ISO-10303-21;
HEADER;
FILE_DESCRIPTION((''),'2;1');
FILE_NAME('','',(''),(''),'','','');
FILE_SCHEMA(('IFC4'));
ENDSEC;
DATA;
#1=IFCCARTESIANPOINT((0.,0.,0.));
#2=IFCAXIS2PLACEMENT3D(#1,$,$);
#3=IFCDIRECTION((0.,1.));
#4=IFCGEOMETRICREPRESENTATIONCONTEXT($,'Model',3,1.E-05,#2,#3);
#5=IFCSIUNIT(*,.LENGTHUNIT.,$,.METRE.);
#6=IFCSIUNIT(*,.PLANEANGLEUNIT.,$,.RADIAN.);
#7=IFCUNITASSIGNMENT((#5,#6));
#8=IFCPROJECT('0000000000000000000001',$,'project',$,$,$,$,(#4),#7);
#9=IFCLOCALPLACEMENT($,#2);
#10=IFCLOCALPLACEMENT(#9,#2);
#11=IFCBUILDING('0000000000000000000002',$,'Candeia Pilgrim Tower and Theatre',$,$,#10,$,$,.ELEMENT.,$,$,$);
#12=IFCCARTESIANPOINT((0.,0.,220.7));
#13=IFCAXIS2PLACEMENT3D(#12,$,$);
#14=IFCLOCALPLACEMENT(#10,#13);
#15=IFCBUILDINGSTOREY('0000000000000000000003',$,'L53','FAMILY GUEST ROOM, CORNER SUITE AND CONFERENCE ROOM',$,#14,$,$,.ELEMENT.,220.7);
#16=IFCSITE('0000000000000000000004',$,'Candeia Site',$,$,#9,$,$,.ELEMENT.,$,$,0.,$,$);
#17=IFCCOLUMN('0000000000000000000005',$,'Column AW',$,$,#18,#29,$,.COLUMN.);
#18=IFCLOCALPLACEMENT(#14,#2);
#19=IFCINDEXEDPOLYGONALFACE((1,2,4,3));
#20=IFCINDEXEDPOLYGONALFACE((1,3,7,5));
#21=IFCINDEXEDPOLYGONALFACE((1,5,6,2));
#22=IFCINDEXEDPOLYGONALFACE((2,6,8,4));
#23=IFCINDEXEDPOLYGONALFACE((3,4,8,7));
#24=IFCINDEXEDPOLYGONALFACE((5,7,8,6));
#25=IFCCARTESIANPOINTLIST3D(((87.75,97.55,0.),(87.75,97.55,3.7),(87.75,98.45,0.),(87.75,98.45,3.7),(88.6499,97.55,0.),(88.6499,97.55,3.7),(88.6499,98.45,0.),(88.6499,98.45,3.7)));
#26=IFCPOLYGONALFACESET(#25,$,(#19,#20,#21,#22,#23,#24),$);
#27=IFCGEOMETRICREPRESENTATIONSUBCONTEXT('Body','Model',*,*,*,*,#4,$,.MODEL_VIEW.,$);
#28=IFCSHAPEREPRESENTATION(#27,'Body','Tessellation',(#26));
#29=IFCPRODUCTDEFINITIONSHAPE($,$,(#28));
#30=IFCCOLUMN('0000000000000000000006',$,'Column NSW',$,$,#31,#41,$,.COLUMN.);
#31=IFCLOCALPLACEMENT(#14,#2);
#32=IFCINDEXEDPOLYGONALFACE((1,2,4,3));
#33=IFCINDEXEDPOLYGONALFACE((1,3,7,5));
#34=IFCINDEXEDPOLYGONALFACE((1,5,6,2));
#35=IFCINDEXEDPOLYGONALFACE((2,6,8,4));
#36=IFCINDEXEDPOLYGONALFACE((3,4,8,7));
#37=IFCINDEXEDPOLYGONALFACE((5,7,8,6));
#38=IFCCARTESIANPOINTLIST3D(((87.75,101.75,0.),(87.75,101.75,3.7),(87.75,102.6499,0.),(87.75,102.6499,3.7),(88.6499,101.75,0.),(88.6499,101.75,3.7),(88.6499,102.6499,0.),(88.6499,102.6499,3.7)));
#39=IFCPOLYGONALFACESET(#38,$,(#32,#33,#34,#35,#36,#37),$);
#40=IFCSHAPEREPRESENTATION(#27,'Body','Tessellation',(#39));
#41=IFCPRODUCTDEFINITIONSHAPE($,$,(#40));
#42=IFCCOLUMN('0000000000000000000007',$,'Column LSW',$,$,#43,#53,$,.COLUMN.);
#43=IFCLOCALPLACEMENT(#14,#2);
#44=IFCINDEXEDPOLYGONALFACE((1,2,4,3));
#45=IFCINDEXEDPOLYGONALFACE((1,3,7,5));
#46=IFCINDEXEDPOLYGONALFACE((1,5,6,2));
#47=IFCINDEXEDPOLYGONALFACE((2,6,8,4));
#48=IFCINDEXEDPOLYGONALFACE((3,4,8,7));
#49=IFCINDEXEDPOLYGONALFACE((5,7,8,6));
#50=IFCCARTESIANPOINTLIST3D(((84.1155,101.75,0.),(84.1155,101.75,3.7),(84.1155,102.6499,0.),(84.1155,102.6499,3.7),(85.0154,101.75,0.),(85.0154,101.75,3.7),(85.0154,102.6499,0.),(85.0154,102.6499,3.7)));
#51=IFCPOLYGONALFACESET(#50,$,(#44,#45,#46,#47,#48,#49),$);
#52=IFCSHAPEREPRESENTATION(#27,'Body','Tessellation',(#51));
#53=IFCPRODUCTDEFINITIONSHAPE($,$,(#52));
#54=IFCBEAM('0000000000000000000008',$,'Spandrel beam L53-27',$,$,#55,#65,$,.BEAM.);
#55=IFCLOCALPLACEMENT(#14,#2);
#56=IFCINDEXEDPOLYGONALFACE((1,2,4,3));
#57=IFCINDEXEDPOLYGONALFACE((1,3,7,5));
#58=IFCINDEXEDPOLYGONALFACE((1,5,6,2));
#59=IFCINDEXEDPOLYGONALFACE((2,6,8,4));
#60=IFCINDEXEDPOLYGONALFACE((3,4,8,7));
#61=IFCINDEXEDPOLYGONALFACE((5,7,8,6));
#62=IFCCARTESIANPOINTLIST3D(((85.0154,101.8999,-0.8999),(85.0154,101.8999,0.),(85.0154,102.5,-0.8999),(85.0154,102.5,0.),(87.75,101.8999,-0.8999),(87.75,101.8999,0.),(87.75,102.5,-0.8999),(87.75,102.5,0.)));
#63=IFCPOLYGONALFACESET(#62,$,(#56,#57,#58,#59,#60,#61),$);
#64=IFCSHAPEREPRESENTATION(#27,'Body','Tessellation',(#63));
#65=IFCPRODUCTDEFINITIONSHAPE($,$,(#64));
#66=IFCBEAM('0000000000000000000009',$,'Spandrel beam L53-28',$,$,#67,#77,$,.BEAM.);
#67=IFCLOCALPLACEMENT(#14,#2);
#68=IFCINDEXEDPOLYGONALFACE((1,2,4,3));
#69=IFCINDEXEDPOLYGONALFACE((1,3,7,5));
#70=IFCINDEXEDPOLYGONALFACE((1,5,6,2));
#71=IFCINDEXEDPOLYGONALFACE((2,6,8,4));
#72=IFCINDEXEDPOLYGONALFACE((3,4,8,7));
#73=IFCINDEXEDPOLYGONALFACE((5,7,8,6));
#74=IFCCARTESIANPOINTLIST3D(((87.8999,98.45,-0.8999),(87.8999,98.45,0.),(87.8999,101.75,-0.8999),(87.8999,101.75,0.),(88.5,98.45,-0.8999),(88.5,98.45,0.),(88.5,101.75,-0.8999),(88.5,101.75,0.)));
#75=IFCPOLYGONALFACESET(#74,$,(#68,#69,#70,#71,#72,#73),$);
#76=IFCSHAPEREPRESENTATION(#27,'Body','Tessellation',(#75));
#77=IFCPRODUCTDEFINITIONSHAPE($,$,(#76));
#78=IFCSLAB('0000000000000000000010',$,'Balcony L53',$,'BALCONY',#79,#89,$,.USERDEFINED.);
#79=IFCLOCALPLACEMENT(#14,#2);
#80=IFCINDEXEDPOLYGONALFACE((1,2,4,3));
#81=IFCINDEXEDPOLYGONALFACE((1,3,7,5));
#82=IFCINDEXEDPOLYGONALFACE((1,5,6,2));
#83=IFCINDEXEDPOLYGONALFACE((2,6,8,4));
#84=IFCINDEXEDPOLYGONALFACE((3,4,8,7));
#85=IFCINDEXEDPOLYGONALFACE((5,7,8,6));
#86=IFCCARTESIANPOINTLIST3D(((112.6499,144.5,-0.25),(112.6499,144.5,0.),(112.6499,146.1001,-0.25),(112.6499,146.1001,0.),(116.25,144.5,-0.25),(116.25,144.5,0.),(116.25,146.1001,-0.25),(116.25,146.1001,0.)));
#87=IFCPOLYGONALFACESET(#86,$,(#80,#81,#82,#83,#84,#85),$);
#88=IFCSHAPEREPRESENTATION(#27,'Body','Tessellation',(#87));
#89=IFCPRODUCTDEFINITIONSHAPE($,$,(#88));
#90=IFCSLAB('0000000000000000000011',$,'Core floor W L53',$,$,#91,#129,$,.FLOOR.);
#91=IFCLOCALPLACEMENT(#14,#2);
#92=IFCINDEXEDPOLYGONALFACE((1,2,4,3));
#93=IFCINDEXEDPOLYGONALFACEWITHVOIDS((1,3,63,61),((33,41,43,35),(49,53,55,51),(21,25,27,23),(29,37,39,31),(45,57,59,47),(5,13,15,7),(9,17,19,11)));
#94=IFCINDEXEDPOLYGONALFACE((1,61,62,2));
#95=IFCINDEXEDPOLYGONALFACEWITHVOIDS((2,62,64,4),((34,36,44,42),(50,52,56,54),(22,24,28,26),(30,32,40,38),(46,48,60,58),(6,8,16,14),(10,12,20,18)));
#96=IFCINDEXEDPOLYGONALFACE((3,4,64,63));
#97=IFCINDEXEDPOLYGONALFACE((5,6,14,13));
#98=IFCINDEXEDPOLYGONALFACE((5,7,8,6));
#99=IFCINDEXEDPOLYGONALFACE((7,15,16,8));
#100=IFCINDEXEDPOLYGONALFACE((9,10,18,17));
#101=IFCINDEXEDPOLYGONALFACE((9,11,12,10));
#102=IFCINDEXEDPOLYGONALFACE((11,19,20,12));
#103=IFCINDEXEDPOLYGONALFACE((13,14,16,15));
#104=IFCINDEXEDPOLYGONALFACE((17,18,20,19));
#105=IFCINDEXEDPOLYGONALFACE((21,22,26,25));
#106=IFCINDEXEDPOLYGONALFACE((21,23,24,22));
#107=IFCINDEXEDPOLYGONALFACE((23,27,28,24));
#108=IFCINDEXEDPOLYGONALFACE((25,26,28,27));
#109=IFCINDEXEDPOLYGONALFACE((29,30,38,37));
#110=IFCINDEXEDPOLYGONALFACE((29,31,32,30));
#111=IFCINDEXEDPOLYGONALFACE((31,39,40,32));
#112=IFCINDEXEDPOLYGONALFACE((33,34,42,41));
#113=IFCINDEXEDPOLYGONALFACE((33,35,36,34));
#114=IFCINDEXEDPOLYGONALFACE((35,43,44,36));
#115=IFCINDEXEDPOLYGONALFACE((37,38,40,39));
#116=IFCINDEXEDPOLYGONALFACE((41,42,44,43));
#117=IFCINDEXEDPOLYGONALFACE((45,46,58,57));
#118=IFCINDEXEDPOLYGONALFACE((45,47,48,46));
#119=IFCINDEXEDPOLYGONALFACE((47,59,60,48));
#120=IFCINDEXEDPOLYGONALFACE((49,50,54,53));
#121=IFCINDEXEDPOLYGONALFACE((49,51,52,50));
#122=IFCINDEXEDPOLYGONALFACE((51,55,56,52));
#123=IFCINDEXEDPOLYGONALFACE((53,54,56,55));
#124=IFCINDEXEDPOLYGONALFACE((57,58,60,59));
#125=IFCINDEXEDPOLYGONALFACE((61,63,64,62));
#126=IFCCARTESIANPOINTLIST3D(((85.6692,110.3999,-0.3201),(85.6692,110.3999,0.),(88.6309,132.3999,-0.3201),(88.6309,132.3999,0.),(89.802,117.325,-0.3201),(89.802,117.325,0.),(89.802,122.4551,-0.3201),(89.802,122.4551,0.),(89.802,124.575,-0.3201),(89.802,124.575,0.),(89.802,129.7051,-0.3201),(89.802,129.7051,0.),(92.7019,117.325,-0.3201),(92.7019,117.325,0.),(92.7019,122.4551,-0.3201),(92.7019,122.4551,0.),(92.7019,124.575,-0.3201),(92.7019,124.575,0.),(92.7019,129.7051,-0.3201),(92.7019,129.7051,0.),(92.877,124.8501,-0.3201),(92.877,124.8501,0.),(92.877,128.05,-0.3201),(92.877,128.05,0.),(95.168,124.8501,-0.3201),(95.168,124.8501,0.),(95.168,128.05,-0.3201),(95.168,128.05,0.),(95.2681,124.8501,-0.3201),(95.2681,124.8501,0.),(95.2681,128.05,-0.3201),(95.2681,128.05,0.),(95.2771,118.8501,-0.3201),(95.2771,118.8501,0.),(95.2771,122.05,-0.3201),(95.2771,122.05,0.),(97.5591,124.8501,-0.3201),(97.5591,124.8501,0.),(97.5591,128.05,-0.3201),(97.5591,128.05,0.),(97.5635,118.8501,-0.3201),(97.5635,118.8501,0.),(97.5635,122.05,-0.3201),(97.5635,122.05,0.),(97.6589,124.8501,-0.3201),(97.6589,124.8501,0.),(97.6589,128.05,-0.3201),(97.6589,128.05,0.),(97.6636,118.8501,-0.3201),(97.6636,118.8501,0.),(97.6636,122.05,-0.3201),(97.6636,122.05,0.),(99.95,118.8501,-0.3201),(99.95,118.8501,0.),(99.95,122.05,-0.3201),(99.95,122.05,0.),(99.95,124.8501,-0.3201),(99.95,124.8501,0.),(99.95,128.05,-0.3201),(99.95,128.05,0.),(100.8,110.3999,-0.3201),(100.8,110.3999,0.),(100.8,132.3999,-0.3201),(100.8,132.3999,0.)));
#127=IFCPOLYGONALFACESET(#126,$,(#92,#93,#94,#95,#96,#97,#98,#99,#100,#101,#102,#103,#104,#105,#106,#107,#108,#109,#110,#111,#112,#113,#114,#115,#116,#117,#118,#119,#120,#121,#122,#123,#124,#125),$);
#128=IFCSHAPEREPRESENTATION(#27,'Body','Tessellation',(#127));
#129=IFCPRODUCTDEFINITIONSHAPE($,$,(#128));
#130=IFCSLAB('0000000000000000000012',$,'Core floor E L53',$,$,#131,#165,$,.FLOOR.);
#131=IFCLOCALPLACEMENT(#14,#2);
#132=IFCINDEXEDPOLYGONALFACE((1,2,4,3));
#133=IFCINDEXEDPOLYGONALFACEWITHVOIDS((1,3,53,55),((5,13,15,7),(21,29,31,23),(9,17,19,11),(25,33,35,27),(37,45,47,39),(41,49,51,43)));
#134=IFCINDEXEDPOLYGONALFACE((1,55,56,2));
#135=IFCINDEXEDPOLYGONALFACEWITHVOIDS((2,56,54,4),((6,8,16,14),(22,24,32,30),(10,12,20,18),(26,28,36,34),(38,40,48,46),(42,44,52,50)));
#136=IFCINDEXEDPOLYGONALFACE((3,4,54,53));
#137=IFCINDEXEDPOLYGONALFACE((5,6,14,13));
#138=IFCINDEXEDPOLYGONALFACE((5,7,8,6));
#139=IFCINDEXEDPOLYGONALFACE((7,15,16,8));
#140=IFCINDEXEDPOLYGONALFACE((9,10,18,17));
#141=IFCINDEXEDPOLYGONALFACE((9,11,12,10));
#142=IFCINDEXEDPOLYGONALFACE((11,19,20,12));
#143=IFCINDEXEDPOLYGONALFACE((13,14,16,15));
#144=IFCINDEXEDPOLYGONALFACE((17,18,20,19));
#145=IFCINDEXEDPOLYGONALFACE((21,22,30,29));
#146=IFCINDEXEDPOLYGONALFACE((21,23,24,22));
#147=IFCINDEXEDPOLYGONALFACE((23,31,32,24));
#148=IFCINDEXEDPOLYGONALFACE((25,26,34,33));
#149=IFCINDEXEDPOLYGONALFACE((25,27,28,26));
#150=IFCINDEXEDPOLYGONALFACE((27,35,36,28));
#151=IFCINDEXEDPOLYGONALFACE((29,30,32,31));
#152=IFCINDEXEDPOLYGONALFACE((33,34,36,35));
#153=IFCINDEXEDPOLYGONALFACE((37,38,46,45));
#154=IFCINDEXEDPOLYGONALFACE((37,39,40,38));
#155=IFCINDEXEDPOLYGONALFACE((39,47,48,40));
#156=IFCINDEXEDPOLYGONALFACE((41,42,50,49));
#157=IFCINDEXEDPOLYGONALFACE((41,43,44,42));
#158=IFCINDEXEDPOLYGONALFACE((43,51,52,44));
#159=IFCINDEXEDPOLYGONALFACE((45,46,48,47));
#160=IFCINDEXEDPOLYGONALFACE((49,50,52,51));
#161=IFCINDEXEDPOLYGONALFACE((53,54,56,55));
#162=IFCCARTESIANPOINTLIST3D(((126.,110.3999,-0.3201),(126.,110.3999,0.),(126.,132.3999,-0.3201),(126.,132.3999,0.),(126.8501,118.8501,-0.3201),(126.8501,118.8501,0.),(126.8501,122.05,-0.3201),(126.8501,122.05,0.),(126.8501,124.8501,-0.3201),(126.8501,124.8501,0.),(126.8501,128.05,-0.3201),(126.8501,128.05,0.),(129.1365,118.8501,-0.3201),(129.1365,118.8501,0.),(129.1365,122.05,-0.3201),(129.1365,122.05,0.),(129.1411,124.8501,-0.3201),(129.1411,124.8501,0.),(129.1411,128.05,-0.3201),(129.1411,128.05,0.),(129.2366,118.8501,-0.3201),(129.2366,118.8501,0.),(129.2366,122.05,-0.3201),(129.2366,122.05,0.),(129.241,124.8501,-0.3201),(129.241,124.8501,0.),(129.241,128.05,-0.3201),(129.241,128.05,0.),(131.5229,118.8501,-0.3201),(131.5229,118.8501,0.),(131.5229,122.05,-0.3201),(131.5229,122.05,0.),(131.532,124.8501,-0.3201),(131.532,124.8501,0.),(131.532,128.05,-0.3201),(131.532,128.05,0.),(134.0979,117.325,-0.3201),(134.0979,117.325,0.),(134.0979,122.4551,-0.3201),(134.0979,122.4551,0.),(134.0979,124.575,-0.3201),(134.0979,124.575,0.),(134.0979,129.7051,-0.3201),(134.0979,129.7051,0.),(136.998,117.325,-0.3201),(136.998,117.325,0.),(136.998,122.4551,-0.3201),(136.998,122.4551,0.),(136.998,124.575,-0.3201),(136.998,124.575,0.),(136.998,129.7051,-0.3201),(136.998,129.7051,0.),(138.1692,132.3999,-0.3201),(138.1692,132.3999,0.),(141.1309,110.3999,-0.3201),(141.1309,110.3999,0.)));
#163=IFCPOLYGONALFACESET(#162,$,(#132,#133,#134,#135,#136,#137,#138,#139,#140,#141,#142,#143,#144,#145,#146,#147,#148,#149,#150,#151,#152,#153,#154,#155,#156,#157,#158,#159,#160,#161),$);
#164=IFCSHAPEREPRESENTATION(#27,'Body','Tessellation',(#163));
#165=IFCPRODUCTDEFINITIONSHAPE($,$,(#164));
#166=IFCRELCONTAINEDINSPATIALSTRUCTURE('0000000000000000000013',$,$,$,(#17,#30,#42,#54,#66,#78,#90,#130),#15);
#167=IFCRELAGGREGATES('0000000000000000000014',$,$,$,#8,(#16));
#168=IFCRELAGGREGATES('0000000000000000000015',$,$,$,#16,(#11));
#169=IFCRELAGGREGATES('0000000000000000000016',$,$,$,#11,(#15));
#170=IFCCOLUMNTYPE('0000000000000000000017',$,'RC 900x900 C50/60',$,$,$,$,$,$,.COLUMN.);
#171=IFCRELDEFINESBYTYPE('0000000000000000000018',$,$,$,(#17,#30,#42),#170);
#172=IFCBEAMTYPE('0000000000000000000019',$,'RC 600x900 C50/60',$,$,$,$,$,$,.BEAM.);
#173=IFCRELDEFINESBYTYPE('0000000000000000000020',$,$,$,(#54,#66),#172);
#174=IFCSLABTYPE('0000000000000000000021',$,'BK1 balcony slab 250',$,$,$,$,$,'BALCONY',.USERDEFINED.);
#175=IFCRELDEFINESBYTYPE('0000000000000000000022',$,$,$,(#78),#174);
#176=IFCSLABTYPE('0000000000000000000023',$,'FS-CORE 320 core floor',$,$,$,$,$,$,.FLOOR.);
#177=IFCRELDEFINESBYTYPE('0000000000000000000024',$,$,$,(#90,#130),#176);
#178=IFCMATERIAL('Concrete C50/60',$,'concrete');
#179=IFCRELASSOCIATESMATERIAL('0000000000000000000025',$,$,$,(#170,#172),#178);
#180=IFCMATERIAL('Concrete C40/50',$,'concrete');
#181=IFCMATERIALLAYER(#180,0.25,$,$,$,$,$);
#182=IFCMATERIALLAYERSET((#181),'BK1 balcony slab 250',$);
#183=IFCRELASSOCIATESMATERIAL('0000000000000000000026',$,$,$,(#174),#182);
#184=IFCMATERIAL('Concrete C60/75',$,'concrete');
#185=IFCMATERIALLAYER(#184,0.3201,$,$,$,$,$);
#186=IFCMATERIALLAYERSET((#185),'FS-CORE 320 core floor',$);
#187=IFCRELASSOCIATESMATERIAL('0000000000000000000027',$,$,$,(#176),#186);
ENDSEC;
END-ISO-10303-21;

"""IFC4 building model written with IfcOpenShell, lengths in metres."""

from ifc_helpers import new_model, si_unit, direction, frame, origin, origin_2d, place, context, subcontext, project, spatial, polyline, rectangle, outline, extrude, material, layer, layer_set, material_profile, profile_set, type_object, element, save


model = new_model("IFC4")

# Units and contexts
model_context = context("Model", 3, precision=1e-05, world=origin(), true_north=direction((0.0, 1.0)))
body_context = subcontext(model_context, "Body", "Model", "MODEL_VIEW")
ifc_project = project(units=[si_unit("LENGTHUNIT", "METRE"), si_unit("PLANEANGLEUNIT", "RADIAN")], contexts=[model_context])

# Site, building, storey
site_placement = place(None, origin())
site = spatial("IfcSite", under=ifc_project, at=site_placement, Name="Candeia Site", CompositionType="ELEMENT", RefElevation=0.0)
building_placement = place(site_placement, origin())
building = spatial("IfcBuilding", under=site, at=building_placement, Name="Candeia Pilgrim Tower and Theatre", CompositionType="ELEMENT")
storey_placement = place(building_placement, frame((0.0, 0.0, 220.7)))
storey = spatial("IfcBuildingStorey", under=building, at=storey_placement, Name="L53", Description="FAMILY GUEST ROOM, CORNER SUITE AND CONFERENCE ROOM", CompositionType="ELEMENT", Elevation=220.7)

# Columns
ifc_material_1 = material(Name="Concrete C50/60", Category="concrete")
ifc_material_profile_1 = material_profile(ifc_material_1, rectangle(XDim=0.8999, YDim=0.8999, at=origin_2d()))
ifc_profile_set_1 = profile_set([ifc_material_profile_1], Name="Concrete C50/60")
column_type = type_object("IfcColumnType", Name="RC 900x900 C50/60", PredefinedType="COLUMN", material=ifc_profile_set_1)
for number, where, z_axis, x_axis, name in (
    (1, (88.2, 98.0, 0.0), (0.0, 0.0, 1.0), (1.0, 0.0, 0.0), "Column AW"),
    (2, (88.2, 102.2, 0.0), (0.0, 0.0, 1.0), (1.0, 0.0, 0.0), "Column NSW"),
    (3, (84.5654, 102.2, 0.0), (0.0, 0.0, 1.0), (1.0, 0.0, 0.0), "Column LSW"),
):
    element("IfcColumn", number, at=place(storey_placement, frame(where, z_axis=z_axis, x_axis=x_axis)), inside=storey, type_object=column_type, Name=name, PredefinedType="COLUMN", context=body_context, shape_type="SweptSolid", body=[
        extrude(rectangle(XDim=0.8999, YDim=0.8999, at=origin_2d()), origin(), (0.0, 0.0, 1.0), 3.7),
    ])

# Beams
ifc_material_profile_2 = material_profile(ifc_material_1, rectangle(XDim=0.6001, YDim=0.8999, at=origin_2d()))
ifc_profile_set_2 = profile_set([ifc_material_profile_2], Name="Concrete C50/60")
beam_type = type_object("IfcBeamType", Name="RC 600x900 C50/60", PredefinedType="BEAM", material=ifc_profile_set_2)
beam_1_placement = place(storey_placement, frame((85.0154, 102.2, -0.45), z_axis=(1.0, 0.0, 0.0), x_axis=(0.0, 1.0, 0.0)))
element("IfcBeam", 4, at=beam_1_placement, inside=storey, type_object=beam_type, Name="Spandrel beam L53-27", PredefinedType="BEAM", context=body_context, shape_type="SweptSolid", body=[
    extrude(rectangle(XDim=0.6001, YDim=0.8999, at=origin_2d()), origin(), (0.0, 0.0, 1.0), 2.7346),
])
beam_2_placement = place(storey_placement, frame((88.2, 101.75, -0.45), z_axis=(0.0, -1.0, 0.0), x_axis=(1.0, 0.0, 0.0)))
element("IfcBeam", 5, at=beam_2_placement, inside=storey, type_object=beam_type, Name="Spandrel beam L53-28", PredefinedType="BEAM", context=body_context, shape_type="SweptSolid", body=[
    extrude(rectangle(XDim=0.6001, YDim=0.8999, at=origin_2d()), origin(), (0.0, 0.0, 1.0), 3.3),
])

# Slabs
ifc_material_2 = material(Name="Concrete C40/50", Category="concrete")
ifc_layer_1 = layer(ifc_material_2, 0.25)
ifc_layer_set_1 = layer_set([ifc_layer_1], Name="BK1 balcony slab 250")
slab_type_1 = type_object("IfcSlabType", Name="BK1 balcony slab 250", ElementType="BALCONY", PredefinedType="USERDEFINED", material=ifc_layer_set_1)
slab_1_placement = place(storey_placement, frame((0.0, 0.0, -0.25)))
element("IfcSlab", 6, at=slab_1_placement, inside=storey, type_object=slab_type_1, Name="Balcony L53", ObjectType="BALCONY", PredefinedType="USERDEFINED", context=body_context, shape_type="SweptSolid", body=[
    extrude(outline(polyline([(112.6499, 144.5), (116.25, 144.5), (116.25, 146.1001), (112.6499, 146.1001), (112.6499, 144.5)])), origin(), (0.0, 0.0, 1.0), 0.25),
])
ifc_material_3 = material(Name="Concrete C60/75", Category="concrete")
ifc_layer_2 = layer(ifc_material_3, 0.3201)
ifc_layer_set_2 = layer_set([ifc_layer_2], Name="FS-CORE 320 core floor")
slab_type_2 = type_object("IfcSlabType", Name="FS-CORE 320 core floor", PredefinedType="FLOOR", material=ifc_layer_set_2)
slab_2_placement = place(storey_placement, frame((0.0, 0.0, -0.3201)))
element("IfcSlab", 7, at=slab_2_placement, inside=storey, type_object=slab_type_2, Name="Core floor W L53", PredefinedType="FLOOR", context=body_context, shape_type="SweptSolid", body=[
    extrude(outline(polyline([(100.8, 132.3999), (100.8, 110.3999), (85.6692, 110.3999), (88.6309, 132.3999), (100.8, 132.3999)]), holes=[polyline([(97.6589, 128.05), (97.6589, 124.8501), (99.95, 124.8501), (99.95, 128.05), (97.6589, 128.05)]), polyline([(97.6636, 122.05), (97.6636, 118.8501), (99.95, 118.8501), (99.95, 122.05), (97.6636, 122.05)]), polyline([(95.2771, 122.05), (95.2771, 118.8501), (97.5635, 118.8501), (97.5635, 122.05), (95.2771, 122.05)]), polyline([(95.2681, 128.05), (95.2681, 124.8501), (97.5591, 124.8501), (97.5591, 128.05), (95.2681, 128.05)]), polyline([(92.877, 128.05), (92.877, 124.8501), (95.168, 124.8501), (95.168, 128.05), (92.877, 128.05)]), polyline([(89.802, 117.325), (92.7019, 117.325), (92.7019, 122.4551), (89.802, 122.4551), (89.802, 117.325)]), polyline([(89.802, 129.7051), (89.802, 124.575), (92.7019, 124.575), (92.7019, 129.7051), (89.802, 129.7051)])]), origin(), (0.0, 0.0, 1.0), 0.3201),
])
slab_3_placement = place(storey_placement, frame((0.0, 0.0, -0.3201)))
element("IfcSlab", 8, at=slab_3_placement, inside=storey, type_object=slab_type_2, Name="Core floor E L53", PredefinedType="FLOOR", context=body_context, shape_type="SweptSolid", body=[
    extrude(outline(polyline([(138.1692, 132.3999), (141.1309, 110.3999), (126.0, 110.3999), (126.0, 132.3999), (138.1692, 132.3999)]), holes=[polyline([(134.0979, 117.325), (136.998, 117.325), (136.998, 122.4551), (134.0979, 122.4551), (134.0979, 117.325)]), polyline([(134.0979, 129.7051), (134.0979, 124.575), (136.998, 124.575), (136.998, 129.7051), (134.0979, 129.7051)]), polyline([(131.532, 128.05), (129.241, 128.05), (129.241, 124.8501), (131.532, 124.8501), (131.532, 128.05)]), polyline([(131.5229, 122.05), (129.2366, 122.05), (129.2366, 118.8501), (131.5229, 118.8501), (131.5229, 122.05)]), polyline([(126.8501, 128.05), (126.8501, 124.8501), (129.1411, 124.8501), (129.1411, 128.05), (126.8501, 128.05)]), polyline([(129.1365, 122.05), (126.8501, 122.05), (126.8501, 118.8501), (129.1365, 118.8501), (129.1365, 122.05)])]), origin(), (0.0, 0.0, 1.0), 0.3201),
])

save(model, "model.ifc")
